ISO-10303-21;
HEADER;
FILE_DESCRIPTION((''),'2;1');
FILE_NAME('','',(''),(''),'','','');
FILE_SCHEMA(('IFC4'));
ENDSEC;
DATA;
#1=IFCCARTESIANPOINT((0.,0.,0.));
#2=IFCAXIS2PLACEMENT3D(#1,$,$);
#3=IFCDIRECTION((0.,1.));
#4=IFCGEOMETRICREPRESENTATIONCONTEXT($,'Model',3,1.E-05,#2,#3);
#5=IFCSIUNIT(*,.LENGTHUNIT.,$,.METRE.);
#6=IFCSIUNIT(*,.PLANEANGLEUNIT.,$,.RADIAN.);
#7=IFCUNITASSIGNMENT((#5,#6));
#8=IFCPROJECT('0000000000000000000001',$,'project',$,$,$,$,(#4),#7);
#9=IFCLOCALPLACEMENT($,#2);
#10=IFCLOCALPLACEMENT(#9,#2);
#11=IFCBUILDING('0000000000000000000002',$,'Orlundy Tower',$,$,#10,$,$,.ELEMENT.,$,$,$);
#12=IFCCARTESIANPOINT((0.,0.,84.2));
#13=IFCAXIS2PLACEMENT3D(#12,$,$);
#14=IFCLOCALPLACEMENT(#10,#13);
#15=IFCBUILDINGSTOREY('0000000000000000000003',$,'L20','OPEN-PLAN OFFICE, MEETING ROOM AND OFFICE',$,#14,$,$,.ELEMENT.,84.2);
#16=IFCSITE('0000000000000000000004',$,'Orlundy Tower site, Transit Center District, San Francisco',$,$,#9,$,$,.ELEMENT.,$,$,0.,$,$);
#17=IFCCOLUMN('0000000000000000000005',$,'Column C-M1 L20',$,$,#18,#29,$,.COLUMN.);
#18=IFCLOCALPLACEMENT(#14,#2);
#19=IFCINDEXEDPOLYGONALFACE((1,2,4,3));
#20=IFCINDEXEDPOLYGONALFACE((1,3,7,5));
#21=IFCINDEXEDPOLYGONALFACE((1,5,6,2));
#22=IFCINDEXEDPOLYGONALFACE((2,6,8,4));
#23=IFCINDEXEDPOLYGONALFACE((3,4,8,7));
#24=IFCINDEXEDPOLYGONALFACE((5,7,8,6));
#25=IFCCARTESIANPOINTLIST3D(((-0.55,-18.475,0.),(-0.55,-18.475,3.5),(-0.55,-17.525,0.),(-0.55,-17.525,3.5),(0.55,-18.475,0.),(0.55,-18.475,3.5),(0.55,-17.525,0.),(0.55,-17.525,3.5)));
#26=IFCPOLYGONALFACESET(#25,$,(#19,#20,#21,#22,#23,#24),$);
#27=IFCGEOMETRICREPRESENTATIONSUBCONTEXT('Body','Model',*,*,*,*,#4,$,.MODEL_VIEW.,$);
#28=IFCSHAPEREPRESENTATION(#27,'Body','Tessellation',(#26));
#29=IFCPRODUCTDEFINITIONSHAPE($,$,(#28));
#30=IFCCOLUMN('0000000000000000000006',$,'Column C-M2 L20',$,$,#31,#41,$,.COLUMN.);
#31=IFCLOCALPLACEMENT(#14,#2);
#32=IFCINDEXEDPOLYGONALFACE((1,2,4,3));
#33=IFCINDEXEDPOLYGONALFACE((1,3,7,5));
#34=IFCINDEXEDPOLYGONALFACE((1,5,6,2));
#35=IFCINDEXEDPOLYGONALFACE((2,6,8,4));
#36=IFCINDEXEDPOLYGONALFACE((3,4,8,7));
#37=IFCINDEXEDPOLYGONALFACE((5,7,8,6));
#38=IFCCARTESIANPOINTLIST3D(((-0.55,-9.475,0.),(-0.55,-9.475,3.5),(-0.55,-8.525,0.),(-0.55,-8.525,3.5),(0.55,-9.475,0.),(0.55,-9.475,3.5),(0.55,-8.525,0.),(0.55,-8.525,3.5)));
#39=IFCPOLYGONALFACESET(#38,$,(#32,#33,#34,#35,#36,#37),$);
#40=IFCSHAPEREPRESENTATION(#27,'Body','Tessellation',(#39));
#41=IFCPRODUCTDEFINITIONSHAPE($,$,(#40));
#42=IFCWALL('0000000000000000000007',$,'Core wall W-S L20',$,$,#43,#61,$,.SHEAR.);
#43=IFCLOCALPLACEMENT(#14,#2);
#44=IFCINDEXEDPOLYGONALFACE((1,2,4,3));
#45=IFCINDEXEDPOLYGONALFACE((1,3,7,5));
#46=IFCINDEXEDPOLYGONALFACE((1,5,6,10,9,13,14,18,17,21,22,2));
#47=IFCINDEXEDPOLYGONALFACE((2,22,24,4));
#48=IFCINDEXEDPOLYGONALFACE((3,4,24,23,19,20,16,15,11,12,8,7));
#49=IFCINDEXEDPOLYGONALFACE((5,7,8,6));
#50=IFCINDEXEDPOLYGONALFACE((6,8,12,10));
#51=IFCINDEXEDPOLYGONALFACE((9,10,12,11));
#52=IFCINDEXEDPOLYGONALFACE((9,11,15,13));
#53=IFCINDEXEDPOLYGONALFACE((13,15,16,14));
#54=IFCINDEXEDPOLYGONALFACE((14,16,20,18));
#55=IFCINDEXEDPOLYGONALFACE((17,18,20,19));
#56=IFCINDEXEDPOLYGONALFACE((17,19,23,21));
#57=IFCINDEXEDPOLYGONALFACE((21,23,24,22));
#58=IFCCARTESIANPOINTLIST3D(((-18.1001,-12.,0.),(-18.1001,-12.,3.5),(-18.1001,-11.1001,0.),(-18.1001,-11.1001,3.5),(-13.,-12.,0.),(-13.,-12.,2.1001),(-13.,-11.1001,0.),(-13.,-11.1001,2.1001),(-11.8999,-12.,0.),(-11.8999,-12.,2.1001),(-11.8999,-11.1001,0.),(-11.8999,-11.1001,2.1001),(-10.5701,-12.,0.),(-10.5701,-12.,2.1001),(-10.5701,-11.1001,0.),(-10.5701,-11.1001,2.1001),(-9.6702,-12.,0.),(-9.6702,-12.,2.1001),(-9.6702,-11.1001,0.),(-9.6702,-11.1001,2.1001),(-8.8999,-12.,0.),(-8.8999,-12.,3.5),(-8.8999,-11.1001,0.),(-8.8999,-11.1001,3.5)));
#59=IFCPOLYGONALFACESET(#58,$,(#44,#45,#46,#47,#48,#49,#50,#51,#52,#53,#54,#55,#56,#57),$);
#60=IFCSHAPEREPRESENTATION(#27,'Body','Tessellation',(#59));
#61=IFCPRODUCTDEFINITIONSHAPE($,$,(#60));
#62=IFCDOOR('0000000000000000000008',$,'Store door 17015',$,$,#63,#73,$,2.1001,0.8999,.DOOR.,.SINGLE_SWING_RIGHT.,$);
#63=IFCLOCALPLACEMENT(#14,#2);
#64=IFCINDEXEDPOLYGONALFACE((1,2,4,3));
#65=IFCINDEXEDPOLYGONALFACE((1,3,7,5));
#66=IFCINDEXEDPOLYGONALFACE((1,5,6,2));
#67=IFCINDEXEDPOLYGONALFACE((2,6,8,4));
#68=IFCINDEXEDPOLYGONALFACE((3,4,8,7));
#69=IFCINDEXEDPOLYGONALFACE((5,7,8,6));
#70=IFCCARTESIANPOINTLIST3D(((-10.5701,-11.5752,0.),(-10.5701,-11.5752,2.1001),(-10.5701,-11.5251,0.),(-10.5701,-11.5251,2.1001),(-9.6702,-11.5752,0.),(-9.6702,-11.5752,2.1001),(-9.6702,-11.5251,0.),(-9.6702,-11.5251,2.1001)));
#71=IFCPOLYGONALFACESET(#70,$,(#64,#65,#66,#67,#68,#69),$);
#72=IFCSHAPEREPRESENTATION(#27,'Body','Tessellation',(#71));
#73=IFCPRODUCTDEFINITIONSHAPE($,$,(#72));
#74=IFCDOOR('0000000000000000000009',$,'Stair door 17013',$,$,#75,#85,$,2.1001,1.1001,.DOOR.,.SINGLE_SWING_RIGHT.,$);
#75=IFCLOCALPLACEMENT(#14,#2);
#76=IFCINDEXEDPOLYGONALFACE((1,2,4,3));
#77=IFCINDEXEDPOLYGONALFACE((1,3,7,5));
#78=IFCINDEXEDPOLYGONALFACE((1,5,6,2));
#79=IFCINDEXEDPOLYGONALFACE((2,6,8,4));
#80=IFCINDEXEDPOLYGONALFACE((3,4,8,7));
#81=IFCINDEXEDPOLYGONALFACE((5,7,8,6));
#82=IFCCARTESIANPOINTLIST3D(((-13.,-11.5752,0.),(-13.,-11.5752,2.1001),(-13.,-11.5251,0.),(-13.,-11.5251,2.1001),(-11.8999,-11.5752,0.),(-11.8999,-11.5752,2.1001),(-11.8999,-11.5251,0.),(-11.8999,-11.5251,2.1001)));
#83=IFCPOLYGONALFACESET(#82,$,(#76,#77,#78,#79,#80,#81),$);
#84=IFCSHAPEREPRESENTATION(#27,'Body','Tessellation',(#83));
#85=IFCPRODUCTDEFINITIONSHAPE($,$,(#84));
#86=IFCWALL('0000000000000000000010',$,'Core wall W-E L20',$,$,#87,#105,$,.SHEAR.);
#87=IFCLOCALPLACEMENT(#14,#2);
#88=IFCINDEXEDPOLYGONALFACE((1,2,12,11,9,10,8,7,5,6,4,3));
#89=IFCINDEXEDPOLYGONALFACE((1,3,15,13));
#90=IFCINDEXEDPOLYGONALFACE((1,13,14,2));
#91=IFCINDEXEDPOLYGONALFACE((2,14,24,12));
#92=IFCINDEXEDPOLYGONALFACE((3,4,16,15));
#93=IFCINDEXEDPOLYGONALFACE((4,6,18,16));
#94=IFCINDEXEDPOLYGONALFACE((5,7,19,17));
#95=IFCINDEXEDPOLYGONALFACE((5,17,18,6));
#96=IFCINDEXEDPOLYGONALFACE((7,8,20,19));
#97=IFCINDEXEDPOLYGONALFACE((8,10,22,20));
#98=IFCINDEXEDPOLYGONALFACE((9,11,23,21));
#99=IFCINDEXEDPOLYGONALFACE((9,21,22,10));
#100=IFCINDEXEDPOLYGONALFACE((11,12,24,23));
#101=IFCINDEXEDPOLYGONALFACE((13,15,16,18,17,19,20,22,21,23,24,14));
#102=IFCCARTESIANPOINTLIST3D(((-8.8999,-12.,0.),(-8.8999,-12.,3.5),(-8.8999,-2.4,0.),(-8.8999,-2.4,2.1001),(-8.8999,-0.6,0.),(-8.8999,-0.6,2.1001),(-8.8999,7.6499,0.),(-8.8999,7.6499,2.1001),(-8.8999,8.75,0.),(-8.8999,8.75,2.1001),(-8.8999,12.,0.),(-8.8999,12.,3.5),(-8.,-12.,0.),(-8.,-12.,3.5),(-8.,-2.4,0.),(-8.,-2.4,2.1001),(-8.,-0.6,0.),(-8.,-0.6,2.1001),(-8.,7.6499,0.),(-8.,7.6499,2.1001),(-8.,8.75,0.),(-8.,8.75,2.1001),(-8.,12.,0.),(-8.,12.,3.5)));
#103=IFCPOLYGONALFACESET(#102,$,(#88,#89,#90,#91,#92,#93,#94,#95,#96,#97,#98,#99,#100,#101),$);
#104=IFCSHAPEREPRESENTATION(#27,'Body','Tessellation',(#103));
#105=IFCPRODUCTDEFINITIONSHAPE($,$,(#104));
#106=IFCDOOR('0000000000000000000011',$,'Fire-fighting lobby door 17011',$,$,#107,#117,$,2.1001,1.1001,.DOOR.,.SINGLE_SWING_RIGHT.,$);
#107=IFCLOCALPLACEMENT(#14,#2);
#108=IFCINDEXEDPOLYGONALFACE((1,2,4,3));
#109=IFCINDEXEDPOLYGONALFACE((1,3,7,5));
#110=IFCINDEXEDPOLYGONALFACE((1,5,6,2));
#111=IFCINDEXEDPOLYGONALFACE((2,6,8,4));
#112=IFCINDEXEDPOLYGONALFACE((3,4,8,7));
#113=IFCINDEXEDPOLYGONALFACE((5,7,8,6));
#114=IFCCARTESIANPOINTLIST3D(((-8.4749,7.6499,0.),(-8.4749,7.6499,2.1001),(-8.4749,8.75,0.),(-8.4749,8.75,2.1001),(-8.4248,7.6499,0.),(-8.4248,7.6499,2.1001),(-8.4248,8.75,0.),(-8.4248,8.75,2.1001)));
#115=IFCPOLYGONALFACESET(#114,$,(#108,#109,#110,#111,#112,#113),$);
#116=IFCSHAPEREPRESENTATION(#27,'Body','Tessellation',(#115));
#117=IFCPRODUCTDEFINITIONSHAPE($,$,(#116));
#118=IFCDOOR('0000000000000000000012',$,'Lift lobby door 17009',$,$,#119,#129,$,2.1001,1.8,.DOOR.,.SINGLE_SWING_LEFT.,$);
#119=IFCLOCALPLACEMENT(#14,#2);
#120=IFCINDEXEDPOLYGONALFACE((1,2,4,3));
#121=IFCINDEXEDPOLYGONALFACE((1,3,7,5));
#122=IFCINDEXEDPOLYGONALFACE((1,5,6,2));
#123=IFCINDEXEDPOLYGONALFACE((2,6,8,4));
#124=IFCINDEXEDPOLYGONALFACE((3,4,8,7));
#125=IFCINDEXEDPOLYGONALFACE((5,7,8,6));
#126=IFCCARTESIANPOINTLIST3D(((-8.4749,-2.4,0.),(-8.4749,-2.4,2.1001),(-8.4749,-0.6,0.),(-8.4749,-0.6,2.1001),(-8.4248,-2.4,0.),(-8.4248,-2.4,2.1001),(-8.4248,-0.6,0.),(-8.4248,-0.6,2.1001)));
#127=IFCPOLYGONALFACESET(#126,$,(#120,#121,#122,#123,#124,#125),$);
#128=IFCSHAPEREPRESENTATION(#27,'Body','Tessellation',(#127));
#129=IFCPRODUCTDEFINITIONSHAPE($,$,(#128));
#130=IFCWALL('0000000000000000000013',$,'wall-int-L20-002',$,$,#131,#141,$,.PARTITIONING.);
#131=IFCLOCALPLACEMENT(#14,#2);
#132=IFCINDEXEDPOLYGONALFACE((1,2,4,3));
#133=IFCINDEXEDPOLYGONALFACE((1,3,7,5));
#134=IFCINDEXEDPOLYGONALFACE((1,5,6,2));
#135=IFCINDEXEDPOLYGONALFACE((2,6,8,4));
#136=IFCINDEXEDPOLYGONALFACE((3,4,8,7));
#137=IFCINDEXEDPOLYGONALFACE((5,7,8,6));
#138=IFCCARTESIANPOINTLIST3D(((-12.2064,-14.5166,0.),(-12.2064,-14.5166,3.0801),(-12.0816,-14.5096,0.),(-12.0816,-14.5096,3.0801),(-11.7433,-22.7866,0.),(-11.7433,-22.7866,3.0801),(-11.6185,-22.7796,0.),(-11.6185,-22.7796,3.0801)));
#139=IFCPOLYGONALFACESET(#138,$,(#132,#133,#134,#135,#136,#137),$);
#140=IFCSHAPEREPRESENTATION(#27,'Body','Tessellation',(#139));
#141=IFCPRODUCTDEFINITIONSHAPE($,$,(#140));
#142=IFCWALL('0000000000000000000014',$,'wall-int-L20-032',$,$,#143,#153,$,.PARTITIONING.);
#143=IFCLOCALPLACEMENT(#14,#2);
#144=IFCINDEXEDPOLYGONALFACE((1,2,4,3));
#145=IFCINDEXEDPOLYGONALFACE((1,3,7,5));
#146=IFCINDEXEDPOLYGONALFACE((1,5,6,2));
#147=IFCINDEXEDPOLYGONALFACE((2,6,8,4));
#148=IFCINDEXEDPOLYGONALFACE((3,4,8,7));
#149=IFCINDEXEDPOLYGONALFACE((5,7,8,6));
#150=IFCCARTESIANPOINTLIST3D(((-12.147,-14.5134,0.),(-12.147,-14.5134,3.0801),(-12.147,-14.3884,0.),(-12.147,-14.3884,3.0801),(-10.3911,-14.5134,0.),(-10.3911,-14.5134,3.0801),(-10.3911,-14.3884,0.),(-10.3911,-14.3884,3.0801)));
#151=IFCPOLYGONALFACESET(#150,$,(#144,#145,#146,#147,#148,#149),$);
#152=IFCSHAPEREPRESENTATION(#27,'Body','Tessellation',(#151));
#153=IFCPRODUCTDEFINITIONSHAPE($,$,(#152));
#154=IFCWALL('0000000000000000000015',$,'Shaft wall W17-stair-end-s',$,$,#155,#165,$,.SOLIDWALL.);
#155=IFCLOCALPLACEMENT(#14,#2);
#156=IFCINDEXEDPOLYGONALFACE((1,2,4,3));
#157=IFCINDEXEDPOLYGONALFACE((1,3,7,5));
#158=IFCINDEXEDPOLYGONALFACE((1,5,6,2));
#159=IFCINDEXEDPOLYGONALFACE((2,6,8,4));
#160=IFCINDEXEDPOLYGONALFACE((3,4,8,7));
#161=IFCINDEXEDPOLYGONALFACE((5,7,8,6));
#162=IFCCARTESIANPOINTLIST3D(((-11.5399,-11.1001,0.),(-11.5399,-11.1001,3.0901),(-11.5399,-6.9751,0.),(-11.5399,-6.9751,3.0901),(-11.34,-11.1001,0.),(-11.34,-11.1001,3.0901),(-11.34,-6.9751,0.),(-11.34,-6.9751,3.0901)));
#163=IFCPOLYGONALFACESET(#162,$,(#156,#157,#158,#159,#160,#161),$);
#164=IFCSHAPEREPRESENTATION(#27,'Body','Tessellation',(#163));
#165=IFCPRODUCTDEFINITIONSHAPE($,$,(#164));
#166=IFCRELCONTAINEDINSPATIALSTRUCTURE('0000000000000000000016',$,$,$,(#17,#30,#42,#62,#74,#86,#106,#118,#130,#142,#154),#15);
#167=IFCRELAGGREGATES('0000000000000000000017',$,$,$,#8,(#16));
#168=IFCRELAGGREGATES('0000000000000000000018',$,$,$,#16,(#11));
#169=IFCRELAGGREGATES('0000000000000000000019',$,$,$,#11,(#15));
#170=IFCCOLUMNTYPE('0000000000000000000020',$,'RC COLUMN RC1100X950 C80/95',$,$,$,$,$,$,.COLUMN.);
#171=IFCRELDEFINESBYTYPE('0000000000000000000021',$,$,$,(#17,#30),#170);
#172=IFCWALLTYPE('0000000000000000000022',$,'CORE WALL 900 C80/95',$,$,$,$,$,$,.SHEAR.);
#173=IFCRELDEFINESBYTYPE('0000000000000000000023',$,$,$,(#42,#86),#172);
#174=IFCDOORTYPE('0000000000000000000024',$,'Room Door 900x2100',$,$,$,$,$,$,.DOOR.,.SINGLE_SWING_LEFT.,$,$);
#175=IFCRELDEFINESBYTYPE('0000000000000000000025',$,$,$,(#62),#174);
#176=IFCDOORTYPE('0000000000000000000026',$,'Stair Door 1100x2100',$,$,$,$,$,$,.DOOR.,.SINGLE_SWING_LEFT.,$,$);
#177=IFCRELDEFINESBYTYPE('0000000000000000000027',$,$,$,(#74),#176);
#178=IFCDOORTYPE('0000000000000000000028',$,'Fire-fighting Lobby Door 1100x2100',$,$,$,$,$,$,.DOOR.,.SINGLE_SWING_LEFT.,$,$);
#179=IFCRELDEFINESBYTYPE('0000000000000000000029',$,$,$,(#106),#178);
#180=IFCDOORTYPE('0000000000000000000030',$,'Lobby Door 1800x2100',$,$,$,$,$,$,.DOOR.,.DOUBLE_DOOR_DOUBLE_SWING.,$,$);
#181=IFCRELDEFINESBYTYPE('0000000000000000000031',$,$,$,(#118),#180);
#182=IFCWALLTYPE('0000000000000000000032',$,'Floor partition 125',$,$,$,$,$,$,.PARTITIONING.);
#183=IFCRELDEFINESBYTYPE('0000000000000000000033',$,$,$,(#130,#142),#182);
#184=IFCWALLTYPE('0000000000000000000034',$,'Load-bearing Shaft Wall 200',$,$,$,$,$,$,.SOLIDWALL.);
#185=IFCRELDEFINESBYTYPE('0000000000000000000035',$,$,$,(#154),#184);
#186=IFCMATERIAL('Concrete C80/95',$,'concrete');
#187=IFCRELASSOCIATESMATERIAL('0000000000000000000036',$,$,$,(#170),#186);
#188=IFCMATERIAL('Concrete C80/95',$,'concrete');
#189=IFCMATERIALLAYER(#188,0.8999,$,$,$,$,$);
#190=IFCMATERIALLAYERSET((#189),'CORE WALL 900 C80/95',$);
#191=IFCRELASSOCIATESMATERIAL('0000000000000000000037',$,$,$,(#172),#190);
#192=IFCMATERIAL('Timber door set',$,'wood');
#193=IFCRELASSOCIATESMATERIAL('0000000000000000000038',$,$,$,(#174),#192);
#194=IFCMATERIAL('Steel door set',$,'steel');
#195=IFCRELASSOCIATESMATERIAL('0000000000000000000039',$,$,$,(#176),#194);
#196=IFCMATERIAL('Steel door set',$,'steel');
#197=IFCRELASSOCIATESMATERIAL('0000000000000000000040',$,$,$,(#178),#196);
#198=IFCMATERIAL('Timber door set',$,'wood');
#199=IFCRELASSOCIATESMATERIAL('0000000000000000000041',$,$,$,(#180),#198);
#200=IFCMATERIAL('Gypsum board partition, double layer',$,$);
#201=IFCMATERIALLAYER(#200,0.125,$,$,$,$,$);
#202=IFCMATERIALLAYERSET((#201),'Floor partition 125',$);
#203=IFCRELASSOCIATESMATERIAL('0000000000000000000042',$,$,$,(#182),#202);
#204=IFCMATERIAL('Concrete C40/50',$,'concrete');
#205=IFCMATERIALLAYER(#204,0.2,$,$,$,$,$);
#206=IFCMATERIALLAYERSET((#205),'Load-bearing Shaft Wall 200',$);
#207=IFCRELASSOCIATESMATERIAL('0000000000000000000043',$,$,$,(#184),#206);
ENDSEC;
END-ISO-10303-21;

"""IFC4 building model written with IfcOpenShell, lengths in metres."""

from ifc_helpers import new_model, si_unit, direction, frame, frame_2d, origin, origin_2d, place, context, subcontext, project, spatial, rectangle, extrude, material, layer, layer_set, material_profile, profile_set, type_object, element, fill, save


model = new_model("IFC4")

# Units and contexts
model_context = context("Model", 3, precision=1e-05, world=origin(), true_north=direction((0.0, 1.0)))
body_context = subcontext(model_context, "Body", "Model", "MODEL_VIEW")
ifc_project = project(units=[si_unit("LENGTHUNIT", "METRE"), si_unit("PLANEANGLEUNIT", "RADIAN")], contexts=[model_context])

# Site, building, storey
site_placement = place(None, origin())
site = spatial("IfcSite", under=ifc_project, at=site_placement, Name="Orlundy Tower site, Transit Center District, San Francisco", CompositionType="ELEMENT", RefElevation=0.0)
building_placement = place(site_placement, origin())
building = spatial("IfcBuilding", under=site, at=building_placement, Name="Orlundy Tower", CompositionType="ELEMENT")
storey_placement = place(building_placement, frame((0.0, 0.0, 84.2)))
storey = spatial("IfcBuildingStorey", under=building, at=storey_placement, Name="L20", Description="OPEN-PLAN OFFICE, MEETING ROOM AND OFFICE", CompositionType="ELEMENT", Elevation=84.2)

# Columns
ifc_material_1 = material(Name="Concrete C80/95", Category="concrete")
ifc_material_profile = material_profile(ifc_material_1, rectangle(XDim=1.1001, YDim=0.95, at=origin_2d()), Name="RC1100X950")
ifc_profile_set = profile_set([ifc_material_profile], Name="Concrete C80/95")
column_type = type_object("IfcColumnType", Name="RC COLUMN RC1100X950 C80/95", PredefinedType="COLUMN", material=ifc_profile_set)
for number, where, z_axis, x_axis, name in (
    (1, (0.0, -18.0, 0.0), (0.0, 0.0, 1.0), (1.0, 0.0, 0.0), "Column C-M1 L20"),
    (2, (0.0, -9.0, 0.0), (0.0, 0.0, 1.0), (1.0, 0.0, 0.0), "Column C-M2 L20"),
):
    element("IfcColumn", number, at=place(storey_placement, frame(where, z_axis=z_axis, x_axis=x_axis)), inside=storey, type_object=column_type, Name=name, PredefinedType="COLUMN", context=body_context, shape_type="SweptSolid", body=[
        extrude(rectangle(XDim=1.1001, YDim=0.95, at=origin_2d()), origin(), (0.0, 0.0, 1.0), 3.5),
    ])

# Walls, openings, doors
ifc_material_2 = material(Name="Concrete C80/95", Category="concrete")
ifc_layer_1 = layer(ifc_material_2, 0.8999)
ifc_layer_set_1 = layer_set([ifc_layer_1], Name="CORE WALL 900 C80/95")
wall_type_1 = type_object("IfcWallType", Name="CORE WALL 900 C80/95", PredefinedType="SHEAR", material=ifc_layer_set_1)
wall_1_placement = place(storey_placement, frame((-18.1001, -11.55, 0.0), z_axis=(0.0, 0.0, 1.0), x_axis=(1.0, 0.0, 0.0)))
wall_1 = element("IfcWall", 3, at=wall_1_placement, inside=storey, type_object=wall_type_1, Name="Core wall W-S L20", PredefinedType="SHEAR", context=body_context, shape_type="SweptSolid", body=[
    extrude(rectangle(XDim=9.2002, YDim=0.8999, at=frame_2d((4.6001, 0.0))), origin(), (0.0, 0.0, 1.0), 3.5),
])
opening_1_placement = place(wall_1_placement, frame((5.1001, 0.0, 0.0)))
opening_1 = element("IfcOpeningElement", 4, at=opening_1_placement, cuts=wall_1, PredefinedType="OPENING", context=body_context, shape_type="SweptSolid", body=[
    extrude(rectangle(XDim=1.1001, YDim=2.1001, at=frame_2d((0.55, 1.05))), frame((0.0, 0.46, 0.0), z_axis=(0.0, -1.0, 0.0), x_axis=(1.0, 0.0, 0.0)), (0.0, 0.0, 1.0), 0.9199),
])
opening_2_placement = place(wall_1_placement, frame((7.53, 0.0, 0.0)))
opening_2 = element("IfcOpeningElement", 5, at=opening_2_placement, cuts=wall_1, PredefinedType="OPENING", context=body_context, shape_type="SweptSolid", body=[
    extrude(rectangle(XDim=0.8999, YDim=2.1001, at=frame_2d((0.45, 1.05))), frame((0.0, 0.46, 0.0), z_axis=(0.0, -1.0, 0.0), x_axis=(1.0, 0.0, 0.0)), (0.0, 0.0, 1.0), 0.9199),
])
ifc_material_3 = material(Name="Timber door set", Category="wood")
door_type_1 = type_object("IfcDoorType", Name="Room Door 900x2100", OperationType="SINGLE_SWING_LEFT", PredefinedType="DOOR", material=ifc_material_3)
door_1_placement = place(opening_2_placement, origin())
door_1 = element("IfcDoor", 6, at=door_1_placement, inside=storey, type_object=door_type_1, Name="Store door 17015", OperationType="SINGLE_SWING_RIGHT", OverallHeight=2.1001, OverallWidth=0.8999, PredefinedType="DOOR", context=body_context, shape_type="SweptSolid", body=[
    extrude(rectangle(XDim=0.8999, YDim=2.1001, at=frame_2d((0.45, 1.05))), frame((0.0, 0.0249, 0.0), z_axis=(0.0, -1.0, 0.0), x_axis=(1.0, 0.0, 0.0)), (0.0, 0.0, 1.0), 0.05),
])
fill(opening_2, door_1)
ifc_material_4 = material(Name="Steel door set", Category="steel")
door_type_2 = type_object("IfcDoorType", Name="Stair Door 1100x2100", OperationType="SINGLE_SWING_LEFT", PredefinedType="DOOR", material=ifc_material_4)
door_2_placement = place(opening_1_placement, origin())
door_2 = element("IfcDoor", 7, at=door_2_placement, inside=storey, type_object=door_type_2, Name="Stair door 17013", OperationType="SINGLE_SWING_RIGHT", OverallHeight=2.1001, OverallWidth=1.1001, PredefinedType="DOOR", context=body_context, shape_type="SweptSolid", body=[
    extrude(rectangle(XDim=1.1001, YDim=2.1001, at=frame_2d((0.55, 1.05))), frame((0.0, 0.0249, 0.0), z_axis=(0.0, -1.0, 0.0), x_axis=(1.0, 0.0, 0.0)), (0.0, 0.0, 1.0), 0.05),
])
fill(opening_1, door_2)
wall_2_placement = place(storey_placement, frame((-8.45, -12.0, 0.0), z_axis=(0.0, 0.0, 1.0), x_axis=(0.0, 1.0, 0.0)))
wall_2 = element("IfcWall", 8, at=wall_2_placement, inside=storey, type_object=wall_type_1, Name="Core wall W-E L20", PredefinedType="SHEAR", context=body_context, shape_type="SweptSolid", body=[
    extrude(rectangle(XDim=24.0, YDim=0.8999, at=frame_2d((12.0, 0.0))), origin(), (0.0, 0.0, 1.0), 3.5),
])
opening_3_placement = place(wall_2_placement, frame((9.6001, 0.0, 0.0)))
opening_3 = element("IfcOpeningElement", 9, at=opening_3_placement, cuts=wall_2, PredefinedType="OPENING", context=body_context, shape_type="SweptSolid", body=[
    extrude(rectangle(XDim=1.8, YDim=2.1001, at=frame_2d((0.8999, 1.05))), frame((0.0, 0.46, 0.0), z_axis=(0.0, -1.0, 0.0), x_axis=(1.0, 0.0, 0.0)), (0.0, 0.0, 1.0), 0.9199),
])
opening_4_placement = place(wall_2_placement, frame((19.6499, 0.0, 0.0)))
opening_4 = element("IfcOpeningElement", 10, at=opening_4_placement, cuts=wall_2, PredefinedType="OPENING", context=body_context, shape_type="SweptSolid", body=[
    extrude(rectangle(XDim=1.1001, YDim=2.1001, at=frame_2d((0.55, 1.05))), frame((0.0, 0.46, 0.0), z_axis=(0.0, -1.0, 0.0), x_axis=(1.0, 0.0, 0.0)), (0.0, 0.0, 1.0), 0.9199),
])
ifc_material_5 = material(Name="Steel door set", Category="steel")
door_type_3 = type_object("IfcDoorType", Name="Fire-fighting Lobby Door 1100x2100", OperationType="SINGLE_SWING_LEFT", PredefinedType="DOOR", material=ifc_material_5)
door_3_placement = place(opening_4_placement, origin())
door_3 = element("IfcDoor", 11, at=door_3_placement, inside=storey, type_object=door_type_3, Name="Fire-fighting lobby door 17011", OperationType="SINGLE_SWING_RIGHT", OverallHeight=2.1001, OverallWidth=1.1001, PredefinedType="DOOR", context=body_context, shape_type="SweptSolid", body=[
    extrude(rectangle(XDim=1.1001, YDim=2.1001, at=frame_2d((0.55, 1.05))), frame((0.0, 0.0249, 0.0), z_axis=(0.0, -1.0, 0.0), x_axis=(1.0, 0.0, 0.0)), (0.0, 0.0, 1.0), 0.05),
])
fill(opening_4, door_3)
ifc_material_6 = material(Name="Timber door set", Category="wood")
door_type_4 = type_object("IfcDoorType", Name="Lobby Door 1800x2100", OperationType="DOUBLE_DOOR_DOUBLE_SWING", PredefinedType="DOOR", material=ifc_material_6)
door_4_placement = place(opening_3_placement, origin())
door_4 = element("IfcDoor", 12, at=door_4_placement, inside=storey, type_object=door_type_4, Name="Lift lobby door 17009", OperationType="SINGLE_SWING_LEFT", OverallHeight=2.1001, OverallWidth=1.8, PredefinedType="DOOR", context=body_context, shape_type="SweptSolid", body=[
    extrude(rectangle(XDim=1.8, YDim=2.1001, at=frame_2d((0.8999, 1.05))), frame((0.0, 0.0249, 0.0), z_axis=(0.0, -1.0, 0.0), x_axis=(1.0, 0.0, 0.0)), (0.0, 0.0, 1.0), 0.05),
])
fill(opening_3, door_4)

# Walls
ifc_material_7 = material(Name="Gypsum board partition, double layer")
ifc_layer_2 = layer(ifc_material_7, 0.125)
ifc_layer_set_2 = layer_set([ifc_layer_2], Name="Floor partition 125")
wall_type_2 = type_object("IfcWallType", Name="Floor partition 125", PredefinedType="PARTITIONING", material=ifc_layer_set_2)
wall_3_placement = place(storey_placement, frame((-12.144, -14.5129, 0.0), z_axis=(0.0, 0.0, 1.0), x_axis=(0.055914, -0.998436, 0.0)))
element("IfcWall", 13, at=wall_3_placement, inside=storey, type_object=wall_type_2, Name="wall-int-L20-002", PredefinedType="PARTITIONING", context=body_context, shape_type="SweptSolid", body=[
    extrude(rectangle(XDim=8.283, YDim=0.125, at=frame_2d((4.1416, 0.0))), origin(), (0.0, 0.0, 1.0), 3.0801),
])
wall_4_placement = place(storey_placement, frame((-12.147, -14.4509, 0.0), z_axis=(0.0, 0.0, 1.0), x_axis=(1.0, 0.0, 0.0)))
element("IfcWall", 14, at=wall_4_placement, inside=storey, type_object=wall_type_2, Name="wall-int-L20-032", PredefinedType="PARTITIONING", context=body_context, shape_type="SweptSolid", body=[
    extrude(rectangle(XDim=1.7559, YDim=0.125, at=frame_2d((0.8779, 0.0))), origin(), (0.0, 0.0, 1.0), 3.0801),
])
ifc_material_8 = material(Name="Concrete C40/50", Category="concrete")
ifc_layer_3 = layer(ifc_material_8, 0.2)
ifc_layer_set_3 = layer_set([ifc_layer_3], Name="Load-bearing Shaft Wall 200")
wall_type_3 = type_object("IfcWallType", Name="Load-bearing Shaft Wall 200", PredefinedType="SOLIDWALL", material=ifc_layer_set_3)
wall_5_placement = place(storey_placement, frame((-11.4399, -11.1001, 0.0), z_axis=(0.0, 0.0, 1.0), x_axis=(0.0, 1.0, 0.0)))
element("IfcWall", 15, at=wall_5_placement, inside=storey, type_object=wall_type_3, Name="Shaft wall W17-stair-end-s", PredefinedType="SOLIDWALL", context=body_context, shape_type="SweptSolid", body=[
    extrude(rectangle(XDim=4.125, YDim=0.2, at=frame_2d((2.0625, 0.0))), origin(), (0.0, 0.0, 1.0), 3.0901),
])

save(model, "model.ifc")
